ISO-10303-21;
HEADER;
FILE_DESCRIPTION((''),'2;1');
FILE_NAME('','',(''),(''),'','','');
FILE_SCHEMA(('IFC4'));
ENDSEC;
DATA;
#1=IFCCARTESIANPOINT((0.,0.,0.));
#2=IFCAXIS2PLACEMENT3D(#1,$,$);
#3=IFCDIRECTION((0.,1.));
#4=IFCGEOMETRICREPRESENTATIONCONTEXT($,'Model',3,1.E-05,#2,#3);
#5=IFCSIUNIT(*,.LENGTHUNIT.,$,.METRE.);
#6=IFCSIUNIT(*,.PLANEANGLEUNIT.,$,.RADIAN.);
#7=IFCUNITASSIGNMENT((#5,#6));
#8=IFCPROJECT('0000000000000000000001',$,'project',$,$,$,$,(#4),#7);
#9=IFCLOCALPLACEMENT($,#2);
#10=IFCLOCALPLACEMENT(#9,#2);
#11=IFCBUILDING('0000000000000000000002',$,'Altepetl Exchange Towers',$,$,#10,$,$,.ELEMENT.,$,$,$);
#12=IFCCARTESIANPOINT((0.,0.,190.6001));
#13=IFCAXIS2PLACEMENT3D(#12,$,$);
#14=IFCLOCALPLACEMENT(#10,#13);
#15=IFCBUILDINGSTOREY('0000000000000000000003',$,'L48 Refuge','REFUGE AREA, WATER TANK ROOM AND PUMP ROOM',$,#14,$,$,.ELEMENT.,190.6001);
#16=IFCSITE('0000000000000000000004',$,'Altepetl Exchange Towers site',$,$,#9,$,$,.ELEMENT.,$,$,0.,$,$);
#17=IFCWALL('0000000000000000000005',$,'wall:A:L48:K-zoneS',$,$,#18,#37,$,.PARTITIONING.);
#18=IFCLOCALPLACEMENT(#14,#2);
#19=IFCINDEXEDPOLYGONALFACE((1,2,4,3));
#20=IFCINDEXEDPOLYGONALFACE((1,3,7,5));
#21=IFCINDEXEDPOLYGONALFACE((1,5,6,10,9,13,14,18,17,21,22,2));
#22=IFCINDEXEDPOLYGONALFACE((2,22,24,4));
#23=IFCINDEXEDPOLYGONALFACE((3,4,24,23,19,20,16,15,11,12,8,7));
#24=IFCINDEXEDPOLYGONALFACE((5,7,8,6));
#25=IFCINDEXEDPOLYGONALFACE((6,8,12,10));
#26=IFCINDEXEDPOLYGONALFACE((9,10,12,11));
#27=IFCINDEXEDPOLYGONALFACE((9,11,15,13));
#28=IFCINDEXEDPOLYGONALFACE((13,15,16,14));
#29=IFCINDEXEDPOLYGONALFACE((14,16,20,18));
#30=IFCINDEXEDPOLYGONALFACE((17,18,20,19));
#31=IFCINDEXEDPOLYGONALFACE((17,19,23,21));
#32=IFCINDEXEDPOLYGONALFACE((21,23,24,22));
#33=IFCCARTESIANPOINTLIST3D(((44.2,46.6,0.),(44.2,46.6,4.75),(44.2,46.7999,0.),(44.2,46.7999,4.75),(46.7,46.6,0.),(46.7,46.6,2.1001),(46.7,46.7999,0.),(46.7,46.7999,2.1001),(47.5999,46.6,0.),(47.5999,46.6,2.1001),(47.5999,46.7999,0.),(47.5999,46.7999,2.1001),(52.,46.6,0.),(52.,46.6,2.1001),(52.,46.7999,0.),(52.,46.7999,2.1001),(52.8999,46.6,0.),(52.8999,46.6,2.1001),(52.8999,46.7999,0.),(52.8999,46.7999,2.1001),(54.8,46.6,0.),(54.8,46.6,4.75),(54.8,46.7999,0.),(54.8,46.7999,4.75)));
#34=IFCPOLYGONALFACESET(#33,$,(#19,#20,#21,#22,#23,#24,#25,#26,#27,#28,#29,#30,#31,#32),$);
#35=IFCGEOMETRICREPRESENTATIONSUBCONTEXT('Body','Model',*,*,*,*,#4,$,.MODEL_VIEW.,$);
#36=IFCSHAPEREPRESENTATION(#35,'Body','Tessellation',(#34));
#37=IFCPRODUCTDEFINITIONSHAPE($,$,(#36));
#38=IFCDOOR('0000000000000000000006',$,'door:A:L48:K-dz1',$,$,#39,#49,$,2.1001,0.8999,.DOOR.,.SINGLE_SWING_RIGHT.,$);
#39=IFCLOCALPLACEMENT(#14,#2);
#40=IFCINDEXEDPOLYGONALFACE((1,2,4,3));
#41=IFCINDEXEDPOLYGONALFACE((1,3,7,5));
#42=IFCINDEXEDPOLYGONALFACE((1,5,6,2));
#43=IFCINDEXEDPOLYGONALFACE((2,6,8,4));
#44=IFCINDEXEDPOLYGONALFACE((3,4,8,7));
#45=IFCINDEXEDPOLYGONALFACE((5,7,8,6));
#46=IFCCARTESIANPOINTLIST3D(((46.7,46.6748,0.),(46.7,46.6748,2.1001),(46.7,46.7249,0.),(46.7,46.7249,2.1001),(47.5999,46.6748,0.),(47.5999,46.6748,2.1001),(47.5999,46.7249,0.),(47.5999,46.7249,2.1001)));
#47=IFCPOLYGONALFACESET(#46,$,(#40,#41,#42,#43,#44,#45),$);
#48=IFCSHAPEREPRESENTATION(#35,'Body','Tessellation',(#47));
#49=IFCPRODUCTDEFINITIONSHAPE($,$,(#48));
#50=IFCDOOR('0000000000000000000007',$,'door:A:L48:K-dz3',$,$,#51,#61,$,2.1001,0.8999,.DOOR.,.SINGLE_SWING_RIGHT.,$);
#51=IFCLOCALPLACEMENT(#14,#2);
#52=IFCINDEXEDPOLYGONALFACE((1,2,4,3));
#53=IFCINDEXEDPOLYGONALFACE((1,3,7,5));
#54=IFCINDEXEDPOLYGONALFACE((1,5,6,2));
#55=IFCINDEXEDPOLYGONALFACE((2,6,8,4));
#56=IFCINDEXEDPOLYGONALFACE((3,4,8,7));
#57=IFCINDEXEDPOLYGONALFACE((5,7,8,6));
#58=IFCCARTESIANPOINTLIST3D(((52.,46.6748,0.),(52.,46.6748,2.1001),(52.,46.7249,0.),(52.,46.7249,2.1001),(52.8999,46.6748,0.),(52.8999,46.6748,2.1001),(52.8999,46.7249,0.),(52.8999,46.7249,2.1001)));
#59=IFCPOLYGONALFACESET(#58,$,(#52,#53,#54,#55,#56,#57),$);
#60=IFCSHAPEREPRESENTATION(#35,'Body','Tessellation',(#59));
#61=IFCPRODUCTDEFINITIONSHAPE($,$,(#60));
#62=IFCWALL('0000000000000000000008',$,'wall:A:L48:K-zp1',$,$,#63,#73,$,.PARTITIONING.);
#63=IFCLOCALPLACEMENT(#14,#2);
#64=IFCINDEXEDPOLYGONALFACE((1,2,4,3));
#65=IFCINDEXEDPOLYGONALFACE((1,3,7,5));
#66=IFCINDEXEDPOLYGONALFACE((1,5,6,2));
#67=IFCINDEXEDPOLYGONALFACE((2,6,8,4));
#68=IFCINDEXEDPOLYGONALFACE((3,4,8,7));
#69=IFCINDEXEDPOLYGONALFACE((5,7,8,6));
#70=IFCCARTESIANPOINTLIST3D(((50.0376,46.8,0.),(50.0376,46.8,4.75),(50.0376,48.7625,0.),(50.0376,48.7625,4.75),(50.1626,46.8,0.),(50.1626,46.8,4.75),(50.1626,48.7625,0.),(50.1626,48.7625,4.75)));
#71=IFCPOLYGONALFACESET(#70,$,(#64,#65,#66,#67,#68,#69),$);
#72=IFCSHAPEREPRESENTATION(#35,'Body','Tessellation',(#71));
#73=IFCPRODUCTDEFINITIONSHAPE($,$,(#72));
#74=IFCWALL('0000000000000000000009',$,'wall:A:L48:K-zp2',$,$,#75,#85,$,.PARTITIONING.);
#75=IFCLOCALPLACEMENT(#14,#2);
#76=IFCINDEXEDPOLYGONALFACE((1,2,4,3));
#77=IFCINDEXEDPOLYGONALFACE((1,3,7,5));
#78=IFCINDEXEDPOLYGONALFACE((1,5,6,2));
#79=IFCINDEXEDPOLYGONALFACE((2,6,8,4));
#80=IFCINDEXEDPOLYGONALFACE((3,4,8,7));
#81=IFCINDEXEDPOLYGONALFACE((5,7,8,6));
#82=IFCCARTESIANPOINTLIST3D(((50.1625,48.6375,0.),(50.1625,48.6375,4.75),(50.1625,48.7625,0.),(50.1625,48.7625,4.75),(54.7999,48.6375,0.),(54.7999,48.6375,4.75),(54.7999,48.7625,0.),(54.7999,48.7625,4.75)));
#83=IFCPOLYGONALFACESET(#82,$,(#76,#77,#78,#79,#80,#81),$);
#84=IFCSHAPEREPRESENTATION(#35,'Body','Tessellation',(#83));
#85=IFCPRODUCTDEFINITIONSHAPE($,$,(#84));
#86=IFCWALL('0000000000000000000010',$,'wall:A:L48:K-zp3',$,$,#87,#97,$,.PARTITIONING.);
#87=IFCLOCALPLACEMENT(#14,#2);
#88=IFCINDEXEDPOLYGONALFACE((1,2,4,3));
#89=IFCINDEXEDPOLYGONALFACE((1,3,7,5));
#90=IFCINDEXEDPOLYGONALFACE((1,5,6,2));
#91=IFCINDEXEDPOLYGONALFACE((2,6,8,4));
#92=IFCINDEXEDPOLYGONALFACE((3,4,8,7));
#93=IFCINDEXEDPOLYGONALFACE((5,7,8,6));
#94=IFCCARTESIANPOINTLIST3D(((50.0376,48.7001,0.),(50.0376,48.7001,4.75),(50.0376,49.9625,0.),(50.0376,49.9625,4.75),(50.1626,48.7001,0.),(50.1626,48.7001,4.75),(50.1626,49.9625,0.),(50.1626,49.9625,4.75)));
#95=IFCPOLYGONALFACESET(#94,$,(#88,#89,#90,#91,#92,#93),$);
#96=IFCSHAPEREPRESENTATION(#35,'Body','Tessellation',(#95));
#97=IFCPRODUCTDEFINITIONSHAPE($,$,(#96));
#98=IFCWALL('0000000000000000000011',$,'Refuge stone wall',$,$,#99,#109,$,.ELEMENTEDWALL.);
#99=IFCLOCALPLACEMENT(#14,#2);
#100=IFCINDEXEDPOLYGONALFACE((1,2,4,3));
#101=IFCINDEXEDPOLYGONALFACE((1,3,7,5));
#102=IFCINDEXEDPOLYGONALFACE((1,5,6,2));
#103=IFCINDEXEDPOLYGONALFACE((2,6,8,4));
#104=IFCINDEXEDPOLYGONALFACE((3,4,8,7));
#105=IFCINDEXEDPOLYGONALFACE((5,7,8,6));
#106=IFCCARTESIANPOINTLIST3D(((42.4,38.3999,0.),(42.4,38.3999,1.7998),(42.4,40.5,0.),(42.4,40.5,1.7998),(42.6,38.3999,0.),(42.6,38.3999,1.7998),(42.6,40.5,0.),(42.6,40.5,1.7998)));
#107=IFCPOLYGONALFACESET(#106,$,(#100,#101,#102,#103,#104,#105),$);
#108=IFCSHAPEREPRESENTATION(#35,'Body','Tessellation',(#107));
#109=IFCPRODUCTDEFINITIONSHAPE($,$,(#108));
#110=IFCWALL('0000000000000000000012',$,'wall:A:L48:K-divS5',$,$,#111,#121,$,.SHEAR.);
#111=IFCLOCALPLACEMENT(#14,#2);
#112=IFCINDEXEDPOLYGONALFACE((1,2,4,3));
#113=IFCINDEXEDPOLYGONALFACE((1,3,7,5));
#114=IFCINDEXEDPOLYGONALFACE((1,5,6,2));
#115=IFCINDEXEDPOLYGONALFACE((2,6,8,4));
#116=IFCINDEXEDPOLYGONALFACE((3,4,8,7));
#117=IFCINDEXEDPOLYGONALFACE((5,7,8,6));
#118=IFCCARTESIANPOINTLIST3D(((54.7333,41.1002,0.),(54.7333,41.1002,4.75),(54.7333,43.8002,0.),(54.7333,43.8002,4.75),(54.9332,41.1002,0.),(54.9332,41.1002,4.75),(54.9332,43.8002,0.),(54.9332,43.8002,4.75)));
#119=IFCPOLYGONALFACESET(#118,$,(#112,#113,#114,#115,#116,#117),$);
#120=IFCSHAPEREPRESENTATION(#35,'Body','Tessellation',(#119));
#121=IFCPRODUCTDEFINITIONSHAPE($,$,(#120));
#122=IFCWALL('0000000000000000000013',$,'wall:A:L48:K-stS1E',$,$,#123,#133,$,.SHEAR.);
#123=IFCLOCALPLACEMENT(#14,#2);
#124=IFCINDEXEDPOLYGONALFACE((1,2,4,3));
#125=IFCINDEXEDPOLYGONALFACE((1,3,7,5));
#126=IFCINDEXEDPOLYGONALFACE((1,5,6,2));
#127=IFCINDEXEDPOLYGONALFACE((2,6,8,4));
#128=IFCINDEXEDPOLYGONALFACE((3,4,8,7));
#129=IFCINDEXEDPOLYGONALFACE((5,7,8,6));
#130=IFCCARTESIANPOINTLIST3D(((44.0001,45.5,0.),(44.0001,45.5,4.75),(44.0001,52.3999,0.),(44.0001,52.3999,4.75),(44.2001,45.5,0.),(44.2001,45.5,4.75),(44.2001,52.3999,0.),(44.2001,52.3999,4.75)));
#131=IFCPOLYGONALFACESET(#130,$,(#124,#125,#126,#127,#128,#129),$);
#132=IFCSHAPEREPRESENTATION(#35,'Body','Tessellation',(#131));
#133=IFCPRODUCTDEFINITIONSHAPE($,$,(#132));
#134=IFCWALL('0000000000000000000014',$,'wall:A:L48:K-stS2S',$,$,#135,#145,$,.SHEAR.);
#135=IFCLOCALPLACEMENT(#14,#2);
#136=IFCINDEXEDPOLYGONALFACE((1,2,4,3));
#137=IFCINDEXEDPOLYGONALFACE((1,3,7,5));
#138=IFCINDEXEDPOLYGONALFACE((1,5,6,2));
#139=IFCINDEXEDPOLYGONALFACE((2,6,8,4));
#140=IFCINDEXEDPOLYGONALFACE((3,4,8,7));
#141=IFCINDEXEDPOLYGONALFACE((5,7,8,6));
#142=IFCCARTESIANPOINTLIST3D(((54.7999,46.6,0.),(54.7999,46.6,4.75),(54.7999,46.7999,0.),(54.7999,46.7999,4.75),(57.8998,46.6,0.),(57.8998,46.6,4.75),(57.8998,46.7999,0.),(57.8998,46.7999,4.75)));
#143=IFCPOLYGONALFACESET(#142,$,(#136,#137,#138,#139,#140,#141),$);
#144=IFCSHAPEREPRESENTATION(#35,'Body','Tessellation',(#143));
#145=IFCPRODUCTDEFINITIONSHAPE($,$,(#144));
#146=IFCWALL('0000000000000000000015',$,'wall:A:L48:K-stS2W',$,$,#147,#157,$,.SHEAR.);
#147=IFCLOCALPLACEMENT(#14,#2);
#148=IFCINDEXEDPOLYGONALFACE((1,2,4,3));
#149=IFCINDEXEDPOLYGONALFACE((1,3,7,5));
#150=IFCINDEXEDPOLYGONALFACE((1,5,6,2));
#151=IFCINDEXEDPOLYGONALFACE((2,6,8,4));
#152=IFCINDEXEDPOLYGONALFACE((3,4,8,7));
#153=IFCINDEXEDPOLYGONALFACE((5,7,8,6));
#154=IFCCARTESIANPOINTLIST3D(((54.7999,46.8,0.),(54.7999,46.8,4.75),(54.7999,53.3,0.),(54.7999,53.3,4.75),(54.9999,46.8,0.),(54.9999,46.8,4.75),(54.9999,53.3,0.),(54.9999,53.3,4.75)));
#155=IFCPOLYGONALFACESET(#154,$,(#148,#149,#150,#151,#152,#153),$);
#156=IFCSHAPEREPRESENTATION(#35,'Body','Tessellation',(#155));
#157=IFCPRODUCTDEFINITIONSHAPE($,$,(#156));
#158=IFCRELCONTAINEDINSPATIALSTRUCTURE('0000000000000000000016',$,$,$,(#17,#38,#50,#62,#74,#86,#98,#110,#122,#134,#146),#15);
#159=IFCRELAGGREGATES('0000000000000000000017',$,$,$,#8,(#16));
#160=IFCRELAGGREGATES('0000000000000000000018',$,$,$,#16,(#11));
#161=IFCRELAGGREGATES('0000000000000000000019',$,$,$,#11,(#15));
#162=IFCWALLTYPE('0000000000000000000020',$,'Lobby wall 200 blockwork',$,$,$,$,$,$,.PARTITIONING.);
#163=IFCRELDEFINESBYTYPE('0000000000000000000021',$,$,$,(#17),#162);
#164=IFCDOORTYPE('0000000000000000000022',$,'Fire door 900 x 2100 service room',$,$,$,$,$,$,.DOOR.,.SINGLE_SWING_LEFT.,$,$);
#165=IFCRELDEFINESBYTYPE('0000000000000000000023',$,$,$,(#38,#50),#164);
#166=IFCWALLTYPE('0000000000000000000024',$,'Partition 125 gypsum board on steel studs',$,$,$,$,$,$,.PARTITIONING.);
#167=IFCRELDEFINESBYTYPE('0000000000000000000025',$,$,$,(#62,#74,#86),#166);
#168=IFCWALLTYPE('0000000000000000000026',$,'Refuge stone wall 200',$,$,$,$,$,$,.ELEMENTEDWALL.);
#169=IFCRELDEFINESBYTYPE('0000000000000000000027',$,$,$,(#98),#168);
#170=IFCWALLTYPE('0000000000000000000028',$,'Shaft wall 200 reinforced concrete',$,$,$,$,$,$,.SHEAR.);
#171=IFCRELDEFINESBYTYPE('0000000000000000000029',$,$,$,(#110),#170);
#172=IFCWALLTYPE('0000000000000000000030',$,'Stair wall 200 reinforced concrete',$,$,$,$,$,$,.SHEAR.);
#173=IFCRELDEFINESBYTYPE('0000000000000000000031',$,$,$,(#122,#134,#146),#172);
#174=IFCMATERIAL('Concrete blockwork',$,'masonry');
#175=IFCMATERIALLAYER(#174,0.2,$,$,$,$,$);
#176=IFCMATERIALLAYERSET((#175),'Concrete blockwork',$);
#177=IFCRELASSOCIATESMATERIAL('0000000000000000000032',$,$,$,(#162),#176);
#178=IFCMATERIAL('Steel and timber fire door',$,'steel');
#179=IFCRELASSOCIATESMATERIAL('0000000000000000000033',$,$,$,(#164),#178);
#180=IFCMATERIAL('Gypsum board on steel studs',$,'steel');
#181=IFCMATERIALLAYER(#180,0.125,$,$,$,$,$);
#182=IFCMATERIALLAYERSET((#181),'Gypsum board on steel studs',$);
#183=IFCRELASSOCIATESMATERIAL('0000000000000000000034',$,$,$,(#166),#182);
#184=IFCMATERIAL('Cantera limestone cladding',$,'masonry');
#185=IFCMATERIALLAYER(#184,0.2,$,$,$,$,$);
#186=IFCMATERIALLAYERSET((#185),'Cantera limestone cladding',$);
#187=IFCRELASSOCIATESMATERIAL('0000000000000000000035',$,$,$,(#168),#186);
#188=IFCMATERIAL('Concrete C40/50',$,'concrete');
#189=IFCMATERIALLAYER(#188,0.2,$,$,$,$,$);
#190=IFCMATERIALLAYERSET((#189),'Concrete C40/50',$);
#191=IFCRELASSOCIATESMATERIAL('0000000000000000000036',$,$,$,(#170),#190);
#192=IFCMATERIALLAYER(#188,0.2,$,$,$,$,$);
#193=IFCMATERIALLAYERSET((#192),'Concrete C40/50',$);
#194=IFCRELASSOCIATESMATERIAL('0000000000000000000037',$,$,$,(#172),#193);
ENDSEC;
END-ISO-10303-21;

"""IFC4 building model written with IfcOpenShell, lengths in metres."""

from ifc_helpers import new_model, si_unit, direction, frame, frame_2d, origin, place, context, subcontext, project, spatial, rectangle, extrude, material, layer, layer_set, type_object, element, fill, save


model = new_model("IFC4")

# Units and contexts
model_context = context("Model", 3, precision=1e-05, world=origin(), true_north=direction((0.0, 1.0)))
body_context = subcontext(model_context, "Body", "Model", "MODEL_VIEW")
ifc_project = project(units=[si_unit("LENGTHUNIT", "METRE"), si_unit("PLANEANGLEUNIT", "RADIAN")], contexts=[model_context])

# Site, building, storey
site_placement = place(None, origin())
site = spatial("IfcSite", under=ifc_project, at=site_placement, Name="Altepetl Exchange Towers site", CompositionType="ELEMENT", RefElevation=0.0)
building_placement = place(site_placement, origin())
building = spatial("IfcBuilding", under=site, at=building_placement, Name="Altepetl Exchange Towers", CompositionType="ELEMENT")
storey_placement = place(building_placement, frame((0.0, 0.0, 190.6001)))
storey = spatial("IfcBuildingStorey", under=building, at=storey_placement, Name="L48 Refuge", Description="REFUGE AREA, WATER TANK ROOM AND PUMP ROOM", CompositionType="ELEMENT", Elevation=190.6001)

# Wall, openings, doors
ifc_material_1 = material(Name="Concrete blockwork", Category="masonry")
ifc_layer_1 = layer(ifc_material_1, 0.2)
ifc_layer_set_1 = layer_set([ifc_layer_1], Name="Concrete blockwork")
wall_type_1 = type_object("IfcWallType", Name="Lobby wall 200 blockwork", PredefinedType="PARTITIONING", material=ifc_layer_set_1)
wall_1_placement = place(storey_placement, frame((44.2, 46.7, 0.0)))
wall_1 = element("IfcWall", 1, at=wall_1_placement, inside=storey, type_object=wall_type_1, Name="wall:A:L48:K-zoneS", PredefinedType="PARTITIONING", context=body_context, shape_type="SweptSolid", body=[
    extrude(rectangle(XDim=10.6001, YDim=0.2, at=frame_2d((5.3, 0.0))), origin(), (0.0, 0.0, 1.0), 4.75),
])
opening_1_placement = place(wall_1_placement, frame((2.5, 0.0, 0.0)))
opening_1 = element("IfcOpeningElement", 2, at=opening_1_placement, cuts=wall_1, PredefinedType="OPENING", context=body_context, shape_type="SweptSolid", body=[
    extrude(rectangle(XDim=0.8999, YDim=2.1001, at=frame_2d((0.45, 1.05))), frame((0.0, 0.1099, 0.0), z_axis=(0.0, -1.0, 0.0), x_axis=(1.0, 0.0, 0.0)), (0.0, 0.0, 1.0), 0.22),
])
opening_2_placement = place(wall_1_placement, frame((7.8, 0.0, 0.0)))
opening_2 = element("IfcOpeningElement", 3, at=opening_2_placement, cuts=wall_1, PredefinedType="OPENING", context=body_context, shape_type="SweptSolid", body=[
    extrude(rectangle(XDim=0.8999, YDim=2.1001, at=frame_2d((0.45, 1.05))), frame((0.0, 0.1099, 0.0), z_axis=(0.0, -1.0, 0.0), x_axis=(1.0, 0.0, 0.0)), (0.0, 0.0, 1.0), 0.22),
])
ifc_material_2 = material(Name="Steel and timber fire door", Category="steel")
door_type = type_object("IfcDoorType", Name="Fire door 900 x 2100 service room", OperationType="SINGLE_SWING_LEFT", PredefinedType="DOOR", material=ifc_material_2)
door_1_placement = place(opening_1_placement, origin())
door_1 = element("IfcDoor", 4, at=door_1_placement, inside=storey, type_object=door_type, Name="door:A:L48:K-dz1", OperationType="SINGLE_SWING_RIGHT", OverallHeight=2.1001, OverallWidth=0.8999, PredefinedType="DOOR", context=body_context, shape_type="SweptSolid", body=[
    extrude(rectangle(XDim=0.8999, YDim=2.1001, at=frame_2d((0.45, 1.05))), frame((0.0, 0.0249, 0.0), z_axis=(0.0, -1.0, 0.0), x_axis=(1.0, 0.0, 0.0)), (0.0, 0.0, 1.0), 0.05),
])
fill(opening_1, door_1)
door_2_placement = place(opening_2_placement, origin())
door_2 = element("IfcDoor", 5, at=door_2_placement, inside=storey, type_object=door_type, Name="door:A:L48:K-dz3", OperationType="SINGLE_SWING_RIGHT", OverallHeight=2.1001, OverallWidth=0.8999, PredefinedType="DOOR", context=body_context, shape_type="SweptSolid", body=[
    extrude(rectangle(XDim=0.8999, YDim=2.1001, at=frame_2d((0.45, 1.05))), frame((0.0, 0.0249, 0.0), z_axis=(0.0, -1.0, 0.0), x_axis=(1.0, 0.0, 0.0)), (0.0, 0.0, 1.0), 0.05),
])
fill(opening_2, door_2)

# Walls
ifc_material_3 = material(Name="Gypsum board on steel studs", Category="steel")
ifc_layer_2 = layer(ifc_material_3, 0.125)
ifc_layer_set_2 = layer_set([ifc_layer_2], Name="Gypsum board on steel studs")
wall_type_2 = type_object("IfcWallType", Name="Partition 125 gypsum board on steel studs", PredefinedType="PARTITIONING", material=ifc_layer_set_2)
wall_2_placement = place(storey_placement, frame((50.1001, 46.8, 0.0), z_axis=(0.0, 0.0, 1.0), x_axis=(0.0, 1.0, 0.0)))
element("IfcWall", 6, at=wall_2_placement, inside=storey, type_object=wall_type_2, Name="wall:A:L48:K-zp1", PredefinedType="PARTITIONING", context=body_context, shape_type="SweptSolid", body=[
    extrude(rectangle(XDim=1.9624, YDim=0.125, at=frame_2d((0.9812, 0.0))), origin(), (0.0, 0.0, 1.0), 4.75),
])
wall_3_placement = place(storey_placement, frame((54.8, 48.7, 0.0), z_axis=(0.0, 0.0, 1.0), x_axis=(-1.0, 0.0, 0.0)))
element("IfcWall", 7, at=wall_3_placement, inside=storey, type_object=wall_type_2, Name="wall:A:L48:K-zp2", PredefinedType="PARTITIONING", context=body_context, shape_type="SweptSolid", body=[
    extrude(rectangle(XDim=4.6375, YDim=0.125, at=frame_2d((2.3188, 0.0))), origin(), (0.0, 0.0, 1.0), 4.75),
])
wall_4_placement = place(storey_placement, frame((50.1001, 48.7, 0.0), z_axis=(0.0, 0.0, 1.0), x_axis=(0.0, 1.0, 0.0)))
element("IfcWall", 8, at=wall_4_placement, inside=storey, type_object=wall_type_2, Name="wall:A:L48:K-zp3", PredefinedType="PARTITIONING", context=body_context, shape_type="SweptSolid", body=[
    extrude(rectangle(XDim=1.2625, YDim=0.125, at=frame_2d((0.6313, 0.0))), origin(), (0.0, 0.0, 1.0), 4.75),
])
ifc_material_4 = material(Name="Cantera limestone cladding", Category="masonry")
ifc_layer_3 = layer(ifc_material_4, 0.2)
ifc_layer_set_3 = layer_set([ifc_layer_3], Name="Cantera limestone cladding")
wall_type_3 = type_object("IfcWallType", Name="Refuge stone wall 200", PredefinedType="ELEMENTEDWALL", material=ifc_layer_set_3)
wall_5_placement = place(storey_placement, frame((42.5, 40.5, 0.0), z_axis=(0.0, 0.0, 1.0), x_axis=(0.0, -1.0, 0.0)))
element("IfcWall", 9, at=wall_5_placement, inside=storey, type_object=wall_type_3, Name="Refuge stone wall", PredefinedType="ELEMENTEDWALL", context=body_context, shape_type="SweptSolid", body=[
    extrude(rectangle(XDim=2.1001, YDim=0.2, at=frame_2d((1.05, 0.0))), origin(), (0.0, 0.0, 1.0), 1.7998),
])
ifc_material_5 = material(Name="Concrete C40/50", Category="concrete")
ifc_layer_4 = layer(ifc_material_5, 0.2)
ifc_layer_set_4 = layer_set([ifc_layer_4], Name="Concrete C40/50")
wall_type_4 = type_object("IfcWallType", Name="Shaft wall 200 reinforced concrete", PredefinedType="SHEAR", material=ifc_layer_set_4)
wall_6_placement = place(storey_placement, frame((54.8333, 41.1001, 0.0), z_axis=(0.0, 0.0, 1.0), x_axis=(0.0, 1.0, 0.0)))
element("IfcWall", 10, at=wall_6_placement, inside=storey, type_object=wall_type_4, Name="wall:A:L48:K-divS5", PredefinedType="SHEAR", context=body_context, shape_type="SweptSolid", body=[
    extrude(rectangle(XDim=2.7, YDim=0.2, at=frame_2d((1.3501, 0.0))), origin(), (0.0, 0.0, 1.0), 4.75),
])
ifc_layer_5 = layer(ifc_material_5, 0.2)
ifc_layer_set_5 = layer_set([ifc_layer_5], Name="Concrete C40/50")
wall_type_5 = type_object("IfcWallType", Name="Stair wall 200 reinforced concrete", PredefinedType="SHEAR", material=ifc_layer_set_5)
wall_7_placement = place(storey_placement, frame((44.1001, 45.5, 0.0), z_axis=(0.0, 0.0, 1.0), x_axis=(0.0, 1.0, 0.0)))
element("IfcWall", 11, at=wall_7_placement, inside=storey, type_object=wall_type_5, Name="wall:A:L48:K-stS1E", PredefinedType="SHEAR", context=body_context, shape_type="SweptSolid", body=[
    extrude(rectangle(XDim=6.8999, YDim=0.2, at=frame_2d((3.45, 0.0))), origin(), (0.0, 0.0, 1.0), 4.75),
])
wall_8_placement = place(storey_placement, frame((54.8, 46.7, 0.0)))
element("IfcWall", 12, at=wall_8_placement, inside=storey, type_object=wall_type_5, Name="wall:A:L48:K-stS2S", PredefinedType="SHEAR", context=body_context, shape_type="SweptSolid", body=[
    extrude(rectangle(XDim=3.0999, YDim=0.2, at=frame_2d((1.5498, 0.0))), origin(), (0.0, 0.0, 1.0), 4.75),
])
wall_9_placement = place(storey_placement, frame((54.8999, 46.8, 0.0), z_axis=(0.0, 0.0, 1.0), x_axis=(0.0, 1.0, 0.0)))
element("IfcWall", 13, at=wall_9_placement, inside=storey, type_object=wall_type_5, Name="wall:A:L48:K-stS2W", PredefinedType="SHEAR", context=body_context, shape_type="SweptSolid", body=[
    extrude(rectangle(XDim=6.5, YDim=0.2, at=frame_2d((3.25, 0.0))), origin(), (0.0, 0.0, 1.0), 4.75),
])

save(model, "model.ifc")
